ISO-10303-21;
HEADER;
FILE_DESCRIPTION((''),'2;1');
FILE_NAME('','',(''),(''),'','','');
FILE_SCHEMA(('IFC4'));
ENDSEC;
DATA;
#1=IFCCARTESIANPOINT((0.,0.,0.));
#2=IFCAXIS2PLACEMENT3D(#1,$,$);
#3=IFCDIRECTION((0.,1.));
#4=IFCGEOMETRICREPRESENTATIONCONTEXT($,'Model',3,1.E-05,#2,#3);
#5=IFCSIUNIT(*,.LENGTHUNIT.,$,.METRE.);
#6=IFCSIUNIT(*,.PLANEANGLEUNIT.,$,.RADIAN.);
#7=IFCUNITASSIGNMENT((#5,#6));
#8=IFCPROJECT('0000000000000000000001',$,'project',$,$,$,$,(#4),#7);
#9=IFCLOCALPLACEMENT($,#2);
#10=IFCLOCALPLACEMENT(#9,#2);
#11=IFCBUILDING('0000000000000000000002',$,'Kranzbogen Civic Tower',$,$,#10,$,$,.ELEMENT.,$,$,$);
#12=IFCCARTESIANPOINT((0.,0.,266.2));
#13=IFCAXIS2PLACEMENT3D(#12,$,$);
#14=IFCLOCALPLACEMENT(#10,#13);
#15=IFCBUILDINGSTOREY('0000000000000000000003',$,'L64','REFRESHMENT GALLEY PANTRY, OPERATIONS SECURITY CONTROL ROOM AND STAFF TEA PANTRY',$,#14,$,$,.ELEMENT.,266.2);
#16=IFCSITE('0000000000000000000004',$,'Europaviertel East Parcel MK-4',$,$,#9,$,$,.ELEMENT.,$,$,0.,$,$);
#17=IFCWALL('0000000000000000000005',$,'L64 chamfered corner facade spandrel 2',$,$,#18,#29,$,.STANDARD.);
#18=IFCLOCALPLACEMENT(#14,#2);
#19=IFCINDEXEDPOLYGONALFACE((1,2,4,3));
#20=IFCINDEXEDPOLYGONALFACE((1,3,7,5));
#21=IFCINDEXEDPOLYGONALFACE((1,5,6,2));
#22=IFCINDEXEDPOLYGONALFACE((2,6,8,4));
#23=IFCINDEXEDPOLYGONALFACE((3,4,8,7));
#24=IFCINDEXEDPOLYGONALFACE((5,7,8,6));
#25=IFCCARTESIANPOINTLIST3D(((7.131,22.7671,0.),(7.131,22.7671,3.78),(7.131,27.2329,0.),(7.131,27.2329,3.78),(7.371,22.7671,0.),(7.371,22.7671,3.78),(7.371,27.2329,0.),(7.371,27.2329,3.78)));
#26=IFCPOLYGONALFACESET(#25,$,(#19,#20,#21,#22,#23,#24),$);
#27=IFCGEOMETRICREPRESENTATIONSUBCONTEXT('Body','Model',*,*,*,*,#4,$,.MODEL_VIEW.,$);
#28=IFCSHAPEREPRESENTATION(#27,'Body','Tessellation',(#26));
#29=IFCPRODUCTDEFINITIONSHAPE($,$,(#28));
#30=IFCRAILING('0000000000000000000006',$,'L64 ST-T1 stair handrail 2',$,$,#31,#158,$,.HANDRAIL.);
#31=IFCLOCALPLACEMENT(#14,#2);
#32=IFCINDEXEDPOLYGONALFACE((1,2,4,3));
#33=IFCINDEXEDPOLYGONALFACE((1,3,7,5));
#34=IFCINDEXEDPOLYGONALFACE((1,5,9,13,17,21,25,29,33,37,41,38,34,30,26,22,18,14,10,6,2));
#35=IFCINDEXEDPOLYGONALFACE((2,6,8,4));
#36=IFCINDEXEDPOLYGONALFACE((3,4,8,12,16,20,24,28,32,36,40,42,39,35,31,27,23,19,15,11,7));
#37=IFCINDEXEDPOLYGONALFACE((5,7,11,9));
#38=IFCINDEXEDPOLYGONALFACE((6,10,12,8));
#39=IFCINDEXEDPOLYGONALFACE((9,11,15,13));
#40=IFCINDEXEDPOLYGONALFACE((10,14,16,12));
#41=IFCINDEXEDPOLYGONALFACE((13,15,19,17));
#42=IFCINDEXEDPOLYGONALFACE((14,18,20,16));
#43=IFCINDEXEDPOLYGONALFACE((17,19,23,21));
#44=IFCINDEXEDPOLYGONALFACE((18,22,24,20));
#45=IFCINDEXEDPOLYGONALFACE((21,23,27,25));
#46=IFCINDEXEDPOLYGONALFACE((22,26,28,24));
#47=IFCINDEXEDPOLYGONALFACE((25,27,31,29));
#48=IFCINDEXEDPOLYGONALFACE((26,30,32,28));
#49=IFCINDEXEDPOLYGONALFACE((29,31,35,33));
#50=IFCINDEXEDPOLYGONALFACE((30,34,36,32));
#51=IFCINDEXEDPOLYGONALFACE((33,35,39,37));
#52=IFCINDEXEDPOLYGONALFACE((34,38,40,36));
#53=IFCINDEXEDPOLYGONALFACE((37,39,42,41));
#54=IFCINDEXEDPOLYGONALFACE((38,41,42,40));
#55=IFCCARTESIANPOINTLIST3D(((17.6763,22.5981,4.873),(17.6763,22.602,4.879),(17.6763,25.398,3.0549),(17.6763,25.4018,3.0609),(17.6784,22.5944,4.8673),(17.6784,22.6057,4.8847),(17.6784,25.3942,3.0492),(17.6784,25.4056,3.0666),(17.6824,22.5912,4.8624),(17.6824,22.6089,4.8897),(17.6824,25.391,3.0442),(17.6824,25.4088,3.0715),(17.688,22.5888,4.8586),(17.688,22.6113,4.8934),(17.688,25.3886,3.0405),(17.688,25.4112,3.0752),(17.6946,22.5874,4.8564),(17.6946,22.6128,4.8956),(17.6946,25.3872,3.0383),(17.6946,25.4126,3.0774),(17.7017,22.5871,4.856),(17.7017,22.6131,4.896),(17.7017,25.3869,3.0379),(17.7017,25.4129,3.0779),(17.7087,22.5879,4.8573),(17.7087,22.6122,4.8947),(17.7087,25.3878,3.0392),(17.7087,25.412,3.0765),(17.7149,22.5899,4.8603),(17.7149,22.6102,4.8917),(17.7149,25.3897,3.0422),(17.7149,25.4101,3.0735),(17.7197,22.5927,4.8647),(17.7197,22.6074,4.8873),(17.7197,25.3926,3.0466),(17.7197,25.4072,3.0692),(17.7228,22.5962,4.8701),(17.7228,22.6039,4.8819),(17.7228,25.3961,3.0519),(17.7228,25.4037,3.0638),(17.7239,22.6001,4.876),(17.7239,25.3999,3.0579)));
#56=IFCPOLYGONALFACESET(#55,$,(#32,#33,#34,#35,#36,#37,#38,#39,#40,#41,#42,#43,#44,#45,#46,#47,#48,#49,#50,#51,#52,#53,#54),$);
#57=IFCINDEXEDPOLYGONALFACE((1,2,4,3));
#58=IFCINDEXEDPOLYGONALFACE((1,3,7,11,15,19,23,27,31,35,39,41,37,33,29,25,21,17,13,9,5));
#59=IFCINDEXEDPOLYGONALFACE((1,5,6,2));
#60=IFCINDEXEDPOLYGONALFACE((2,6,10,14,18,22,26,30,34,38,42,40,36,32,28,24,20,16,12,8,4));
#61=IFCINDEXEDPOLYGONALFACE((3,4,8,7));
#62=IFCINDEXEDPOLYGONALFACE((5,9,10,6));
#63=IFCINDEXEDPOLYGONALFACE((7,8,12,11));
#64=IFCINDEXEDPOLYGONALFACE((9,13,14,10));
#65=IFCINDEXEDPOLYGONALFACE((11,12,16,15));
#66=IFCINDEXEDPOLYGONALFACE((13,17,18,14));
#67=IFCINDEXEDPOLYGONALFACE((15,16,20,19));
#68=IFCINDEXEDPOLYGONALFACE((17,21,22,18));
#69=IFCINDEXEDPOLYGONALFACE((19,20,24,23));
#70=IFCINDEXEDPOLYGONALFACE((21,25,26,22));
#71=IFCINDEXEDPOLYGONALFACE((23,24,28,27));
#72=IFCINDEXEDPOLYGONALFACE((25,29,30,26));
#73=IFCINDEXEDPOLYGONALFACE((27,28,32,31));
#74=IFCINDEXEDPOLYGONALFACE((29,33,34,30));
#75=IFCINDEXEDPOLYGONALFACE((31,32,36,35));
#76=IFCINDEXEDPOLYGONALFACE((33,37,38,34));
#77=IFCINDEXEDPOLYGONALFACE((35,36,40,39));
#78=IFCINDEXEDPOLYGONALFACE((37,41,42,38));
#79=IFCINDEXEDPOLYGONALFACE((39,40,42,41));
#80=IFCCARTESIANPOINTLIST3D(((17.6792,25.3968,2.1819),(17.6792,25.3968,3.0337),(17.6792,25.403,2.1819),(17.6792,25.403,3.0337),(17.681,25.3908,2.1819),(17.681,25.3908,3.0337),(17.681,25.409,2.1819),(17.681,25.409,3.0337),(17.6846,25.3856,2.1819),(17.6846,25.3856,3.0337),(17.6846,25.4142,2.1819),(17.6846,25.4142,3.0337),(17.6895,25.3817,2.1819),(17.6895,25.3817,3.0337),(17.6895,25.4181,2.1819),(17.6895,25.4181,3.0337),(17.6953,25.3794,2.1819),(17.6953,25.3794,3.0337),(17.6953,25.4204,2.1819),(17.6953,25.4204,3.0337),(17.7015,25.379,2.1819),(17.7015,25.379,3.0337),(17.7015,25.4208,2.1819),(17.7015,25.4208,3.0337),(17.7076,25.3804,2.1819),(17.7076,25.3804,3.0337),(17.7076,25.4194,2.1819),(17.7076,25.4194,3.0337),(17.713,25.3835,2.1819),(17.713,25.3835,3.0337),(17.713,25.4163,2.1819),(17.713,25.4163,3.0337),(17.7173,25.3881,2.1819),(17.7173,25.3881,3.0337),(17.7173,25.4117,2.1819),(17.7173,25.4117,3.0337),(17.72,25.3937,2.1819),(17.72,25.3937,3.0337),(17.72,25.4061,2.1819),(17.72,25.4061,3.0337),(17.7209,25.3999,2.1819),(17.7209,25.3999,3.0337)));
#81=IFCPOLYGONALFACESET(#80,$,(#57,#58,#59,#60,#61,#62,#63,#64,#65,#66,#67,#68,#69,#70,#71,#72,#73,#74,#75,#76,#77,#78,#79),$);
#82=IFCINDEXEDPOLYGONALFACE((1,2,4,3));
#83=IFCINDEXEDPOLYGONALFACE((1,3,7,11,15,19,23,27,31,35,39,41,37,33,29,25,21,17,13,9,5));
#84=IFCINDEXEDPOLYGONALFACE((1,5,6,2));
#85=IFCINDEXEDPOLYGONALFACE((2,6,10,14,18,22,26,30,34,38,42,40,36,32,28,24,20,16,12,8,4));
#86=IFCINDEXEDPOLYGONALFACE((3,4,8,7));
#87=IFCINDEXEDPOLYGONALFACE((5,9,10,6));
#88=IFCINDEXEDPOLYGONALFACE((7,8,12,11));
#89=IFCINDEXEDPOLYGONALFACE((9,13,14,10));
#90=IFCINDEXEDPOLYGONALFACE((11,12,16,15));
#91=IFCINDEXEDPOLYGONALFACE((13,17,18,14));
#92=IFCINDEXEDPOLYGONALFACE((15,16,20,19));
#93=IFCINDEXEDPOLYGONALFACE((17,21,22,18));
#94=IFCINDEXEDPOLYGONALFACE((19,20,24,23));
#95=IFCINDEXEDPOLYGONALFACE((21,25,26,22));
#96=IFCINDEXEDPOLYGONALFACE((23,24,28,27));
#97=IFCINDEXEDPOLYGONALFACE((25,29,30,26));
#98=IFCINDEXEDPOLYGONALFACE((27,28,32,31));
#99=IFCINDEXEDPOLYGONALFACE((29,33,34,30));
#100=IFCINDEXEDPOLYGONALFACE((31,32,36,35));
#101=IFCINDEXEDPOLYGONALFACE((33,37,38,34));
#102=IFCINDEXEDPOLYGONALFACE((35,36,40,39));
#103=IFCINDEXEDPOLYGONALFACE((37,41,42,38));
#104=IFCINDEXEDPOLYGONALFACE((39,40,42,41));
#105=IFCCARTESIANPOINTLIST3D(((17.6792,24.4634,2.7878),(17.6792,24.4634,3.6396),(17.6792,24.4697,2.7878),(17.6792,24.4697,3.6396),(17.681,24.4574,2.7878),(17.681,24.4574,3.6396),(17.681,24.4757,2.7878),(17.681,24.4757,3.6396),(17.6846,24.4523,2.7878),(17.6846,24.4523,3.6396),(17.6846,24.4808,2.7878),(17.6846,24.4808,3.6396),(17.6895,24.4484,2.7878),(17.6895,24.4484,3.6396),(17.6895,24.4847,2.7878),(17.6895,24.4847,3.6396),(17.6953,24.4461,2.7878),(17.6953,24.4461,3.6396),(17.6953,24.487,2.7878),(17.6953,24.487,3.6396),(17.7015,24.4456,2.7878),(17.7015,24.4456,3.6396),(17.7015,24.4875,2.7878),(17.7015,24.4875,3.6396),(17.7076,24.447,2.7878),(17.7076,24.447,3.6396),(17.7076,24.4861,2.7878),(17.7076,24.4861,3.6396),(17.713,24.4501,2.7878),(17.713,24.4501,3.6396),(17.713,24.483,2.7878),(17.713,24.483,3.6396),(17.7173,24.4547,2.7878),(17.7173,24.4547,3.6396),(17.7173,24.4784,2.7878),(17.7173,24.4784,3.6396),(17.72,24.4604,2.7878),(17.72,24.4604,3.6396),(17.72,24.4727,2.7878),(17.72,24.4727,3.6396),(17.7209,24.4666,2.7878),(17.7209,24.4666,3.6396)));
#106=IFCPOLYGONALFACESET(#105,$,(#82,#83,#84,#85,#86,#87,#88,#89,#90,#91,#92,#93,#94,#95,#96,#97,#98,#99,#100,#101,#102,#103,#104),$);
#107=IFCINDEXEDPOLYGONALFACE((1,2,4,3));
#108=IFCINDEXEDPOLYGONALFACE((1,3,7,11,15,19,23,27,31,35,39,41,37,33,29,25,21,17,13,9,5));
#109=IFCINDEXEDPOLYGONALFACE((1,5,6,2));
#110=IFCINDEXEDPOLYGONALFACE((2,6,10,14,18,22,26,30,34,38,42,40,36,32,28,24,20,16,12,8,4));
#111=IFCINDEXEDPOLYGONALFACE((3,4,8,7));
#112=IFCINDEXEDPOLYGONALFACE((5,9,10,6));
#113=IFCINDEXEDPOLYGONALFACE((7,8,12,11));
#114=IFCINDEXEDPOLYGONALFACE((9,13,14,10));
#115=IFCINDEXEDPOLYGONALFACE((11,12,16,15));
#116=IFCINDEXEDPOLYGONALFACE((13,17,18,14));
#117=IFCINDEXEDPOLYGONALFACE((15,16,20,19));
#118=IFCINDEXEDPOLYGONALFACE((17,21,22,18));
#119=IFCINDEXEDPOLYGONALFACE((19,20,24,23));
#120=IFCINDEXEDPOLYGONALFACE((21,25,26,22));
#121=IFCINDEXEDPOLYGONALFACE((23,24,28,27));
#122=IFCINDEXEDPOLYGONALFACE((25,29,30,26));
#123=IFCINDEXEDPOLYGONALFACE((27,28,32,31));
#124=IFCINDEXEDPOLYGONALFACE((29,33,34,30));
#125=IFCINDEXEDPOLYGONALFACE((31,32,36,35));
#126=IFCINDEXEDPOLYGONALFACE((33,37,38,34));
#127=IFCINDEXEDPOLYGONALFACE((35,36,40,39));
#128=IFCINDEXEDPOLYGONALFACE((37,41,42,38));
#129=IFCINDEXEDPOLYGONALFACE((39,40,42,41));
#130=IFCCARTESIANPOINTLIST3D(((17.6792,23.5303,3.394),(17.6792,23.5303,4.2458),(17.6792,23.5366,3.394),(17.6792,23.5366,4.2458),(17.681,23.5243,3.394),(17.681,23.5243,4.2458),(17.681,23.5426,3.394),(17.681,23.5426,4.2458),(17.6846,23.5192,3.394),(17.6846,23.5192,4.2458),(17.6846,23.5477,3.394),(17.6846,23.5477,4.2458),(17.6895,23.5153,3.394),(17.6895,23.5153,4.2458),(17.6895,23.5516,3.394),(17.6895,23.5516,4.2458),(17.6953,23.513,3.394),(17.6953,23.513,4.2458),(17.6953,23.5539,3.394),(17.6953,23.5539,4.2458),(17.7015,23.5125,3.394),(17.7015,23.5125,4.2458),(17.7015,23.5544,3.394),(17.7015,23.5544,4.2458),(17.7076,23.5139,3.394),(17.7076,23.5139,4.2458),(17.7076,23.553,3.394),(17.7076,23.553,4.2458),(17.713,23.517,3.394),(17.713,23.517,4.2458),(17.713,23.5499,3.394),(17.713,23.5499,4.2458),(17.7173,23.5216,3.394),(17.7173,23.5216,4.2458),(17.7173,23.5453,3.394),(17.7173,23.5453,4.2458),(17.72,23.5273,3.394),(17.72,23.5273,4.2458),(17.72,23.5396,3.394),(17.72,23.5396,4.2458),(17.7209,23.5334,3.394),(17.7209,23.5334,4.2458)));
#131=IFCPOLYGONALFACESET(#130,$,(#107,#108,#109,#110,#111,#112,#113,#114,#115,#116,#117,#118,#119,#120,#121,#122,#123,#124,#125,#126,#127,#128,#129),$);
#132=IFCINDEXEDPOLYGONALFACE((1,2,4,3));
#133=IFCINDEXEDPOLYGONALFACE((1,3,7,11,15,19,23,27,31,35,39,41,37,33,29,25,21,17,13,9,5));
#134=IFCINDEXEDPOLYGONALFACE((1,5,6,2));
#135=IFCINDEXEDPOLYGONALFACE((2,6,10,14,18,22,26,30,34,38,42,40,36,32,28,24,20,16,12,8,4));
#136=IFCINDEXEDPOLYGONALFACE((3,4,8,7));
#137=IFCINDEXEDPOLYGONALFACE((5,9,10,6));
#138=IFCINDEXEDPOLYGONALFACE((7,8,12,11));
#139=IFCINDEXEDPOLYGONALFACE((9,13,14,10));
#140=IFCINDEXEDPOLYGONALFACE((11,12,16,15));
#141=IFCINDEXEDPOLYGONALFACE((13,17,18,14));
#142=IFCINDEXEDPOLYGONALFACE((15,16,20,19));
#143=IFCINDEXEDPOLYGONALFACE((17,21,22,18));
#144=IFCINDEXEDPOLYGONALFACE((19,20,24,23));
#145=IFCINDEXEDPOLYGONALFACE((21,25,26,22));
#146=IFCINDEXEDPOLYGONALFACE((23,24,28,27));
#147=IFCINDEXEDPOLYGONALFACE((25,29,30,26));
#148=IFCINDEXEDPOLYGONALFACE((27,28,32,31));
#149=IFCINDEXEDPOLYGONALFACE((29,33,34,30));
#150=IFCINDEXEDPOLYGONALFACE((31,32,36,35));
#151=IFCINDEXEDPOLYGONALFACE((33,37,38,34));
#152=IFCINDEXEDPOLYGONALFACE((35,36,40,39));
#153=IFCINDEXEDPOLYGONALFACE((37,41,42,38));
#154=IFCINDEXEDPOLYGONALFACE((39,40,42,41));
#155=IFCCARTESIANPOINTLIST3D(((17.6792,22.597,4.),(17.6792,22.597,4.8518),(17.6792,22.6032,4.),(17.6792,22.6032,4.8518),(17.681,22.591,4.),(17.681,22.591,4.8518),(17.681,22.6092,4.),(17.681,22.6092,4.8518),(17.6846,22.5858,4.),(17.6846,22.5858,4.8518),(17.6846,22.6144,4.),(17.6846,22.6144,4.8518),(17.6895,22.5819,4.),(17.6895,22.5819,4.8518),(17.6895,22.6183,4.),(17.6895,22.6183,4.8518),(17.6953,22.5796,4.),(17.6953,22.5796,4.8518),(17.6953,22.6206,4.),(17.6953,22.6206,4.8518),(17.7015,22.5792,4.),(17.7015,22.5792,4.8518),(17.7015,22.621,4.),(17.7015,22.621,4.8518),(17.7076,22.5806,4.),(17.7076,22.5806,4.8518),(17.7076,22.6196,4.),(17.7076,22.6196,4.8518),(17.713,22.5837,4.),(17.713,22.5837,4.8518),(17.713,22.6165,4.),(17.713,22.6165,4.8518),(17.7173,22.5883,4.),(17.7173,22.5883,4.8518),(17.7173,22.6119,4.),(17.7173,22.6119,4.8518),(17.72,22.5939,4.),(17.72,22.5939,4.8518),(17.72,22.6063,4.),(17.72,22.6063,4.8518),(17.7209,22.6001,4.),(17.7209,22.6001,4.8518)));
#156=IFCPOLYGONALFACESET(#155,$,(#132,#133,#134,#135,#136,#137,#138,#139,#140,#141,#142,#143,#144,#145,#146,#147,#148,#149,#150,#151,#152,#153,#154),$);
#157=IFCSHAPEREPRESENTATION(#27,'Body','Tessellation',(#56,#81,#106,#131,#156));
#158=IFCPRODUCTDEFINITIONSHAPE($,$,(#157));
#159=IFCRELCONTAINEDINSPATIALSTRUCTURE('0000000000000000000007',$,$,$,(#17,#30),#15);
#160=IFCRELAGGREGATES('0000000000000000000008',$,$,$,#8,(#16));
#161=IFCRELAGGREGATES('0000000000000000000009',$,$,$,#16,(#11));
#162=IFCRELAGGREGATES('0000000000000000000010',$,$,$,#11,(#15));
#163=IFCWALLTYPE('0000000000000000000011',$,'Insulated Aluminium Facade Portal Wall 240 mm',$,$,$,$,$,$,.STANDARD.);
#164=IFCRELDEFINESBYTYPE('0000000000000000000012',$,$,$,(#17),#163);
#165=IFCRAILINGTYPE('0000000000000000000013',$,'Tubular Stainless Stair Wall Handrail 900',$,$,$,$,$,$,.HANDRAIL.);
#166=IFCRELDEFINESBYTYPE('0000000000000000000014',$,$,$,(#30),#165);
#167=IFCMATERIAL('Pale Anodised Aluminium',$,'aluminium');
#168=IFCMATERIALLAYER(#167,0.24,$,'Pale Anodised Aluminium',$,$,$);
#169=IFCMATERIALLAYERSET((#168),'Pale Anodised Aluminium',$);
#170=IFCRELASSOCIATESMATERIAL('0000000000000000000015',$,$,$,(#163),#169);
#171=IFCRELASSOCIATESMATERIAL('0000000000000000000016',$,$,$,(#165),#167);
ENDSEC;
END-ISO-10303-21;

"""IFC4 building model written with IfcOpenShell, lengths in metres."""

from ifc_helpers import new_model, si_unit, direction, frame, frame_2d, origin, origin_2d, place, context, subcontext, project, spatial, rectangle, circle, extrude, material, layer, layer_set, type_object, element, save


model = new_model("IFC4")

# Units and contexts
model_context = context("Model", 3, precision=1e-05, world=origin(), true_north=direction((0.0, 1.0)))
body_context = subcontext(model_context, "Body", "Model", "MODEL_VIEW")
ifc_project = project(units=[si_unit("LENGTHUNIT", "METRE"), si_unit("PLANEANGLEUNIT", "RADIAN")], contexts=[model_context])

# Site, building, storey
site_placement = place(None, origin())
site = spatial("IfcSite", under=ifc_project, at=site_placement, Name="Europaviertel East Parcel MK-4", CompositionType="ELEMENT", RefElevation=0.0)
building_placement = place(site_placement, origin())
building = spatial("IfcBuilding", under=site, at=building_placement, Name="Kranzbogen Civic Tower", CompositionType="ELEMENT")
storey_placement = place(building_placement, frame((0.0, 0.0, 266.2)))
storey = spatial("IfcBuildingStorey", under=building, at=storey_placement, Name="L64", Description="REFRESHMENT GALLEY PANTRY, OPERATIONS SECURITY CONTROL ROOM AND STAFF TEA PANTRY", CompositionType="ELEMENT", Elevation=266.2)

# Shared definitions
ifc_material_1 = material(Name="Pale Anodised Aluminium", Category="aluminium")

# Wall
ifc_layer_1 = layer(ifc_material_1, 0.24, Name="Pale Anodised Aluminium")
ifc_layer_set_1 = layer_set([ifc_layer_1], Name="Pale Anodised Aluminium")
wall_type_1 = type_object("IfcWallType", Name="Insulated Aluminium Facade Portal Wall 240 mm", PredefinedType="STANDARD", material=ifc_layer_set_1)
wall_1_placement = place(storey_placement, frame((7.251, 27.2329, 0.0), z_axis=(0.0, 0.0, 1.0), x_axis=(0.0, -1.0, 0.0)))
element("IfcWall", 1, at=wall_1_placement, inside=storey, type_object=wall_type_1, Name="L64 chamfered corner facade spandrel 2", PredefinedType="STANDARD", context=body_context, shape_type="SweptSolid", body=[
    extrude(rectangle(XDim=4.4658, YDim=0.24, at=frame_2d((2.2329, 0.0))), origin(), (0.0, 0.0, 1.0), 3.78),
])

# Railing
railing_type = type_object("IfcRailingType", Name="Tubular Stainless Stair Wall Handrail 900", PredefinedType="HANDRAIL", material=ifc_material_1)
railing_placement = place(storey_placement, frame((17.7, 25.3999, 2.1819)))
element("IfcRailing", 2, at=railing_placement, inside=storey, type_object=railing_type, Name="L64 ST-T1 stair handrail 2", PredefinedType="HANDRAIL", context=body_context, shape_type="SweptSolid", body=[
    extrude(circle(Radius=0.0239, at=origin_2d()), frame((0.0, 0.0, 0.876), z_axis=(0.0, -0.838684, 0.544618), x_axis=(1.0, 0.0, 0.0)), (0.0, 0.0, 1.0), 3.3384),
    extrude(circle(Radius=0.021, at=origin_2d()), origin(), (0.0, 0.0, 1.0), 0.8518),
    extrude(circle(Radius=0.021, at=origin_2d()), frame((0.0, -0.9333, 0.606)), (0.0, 0.0, 1.0), 0.8518),
    extrude(circle(Radius=0.021, at=origin_2d()), frame((0.0, -1.8665, 1.2122)), (0.0, 0.0, 1.0), 0.8518),
    extrude(circle(Radius=0.021, at=origin_2d()), frame((0.0, -2.7998, 1.8181)), (0.0, 0.0, 1.0), 0.8518),
])

save(model, "model.ifc")
